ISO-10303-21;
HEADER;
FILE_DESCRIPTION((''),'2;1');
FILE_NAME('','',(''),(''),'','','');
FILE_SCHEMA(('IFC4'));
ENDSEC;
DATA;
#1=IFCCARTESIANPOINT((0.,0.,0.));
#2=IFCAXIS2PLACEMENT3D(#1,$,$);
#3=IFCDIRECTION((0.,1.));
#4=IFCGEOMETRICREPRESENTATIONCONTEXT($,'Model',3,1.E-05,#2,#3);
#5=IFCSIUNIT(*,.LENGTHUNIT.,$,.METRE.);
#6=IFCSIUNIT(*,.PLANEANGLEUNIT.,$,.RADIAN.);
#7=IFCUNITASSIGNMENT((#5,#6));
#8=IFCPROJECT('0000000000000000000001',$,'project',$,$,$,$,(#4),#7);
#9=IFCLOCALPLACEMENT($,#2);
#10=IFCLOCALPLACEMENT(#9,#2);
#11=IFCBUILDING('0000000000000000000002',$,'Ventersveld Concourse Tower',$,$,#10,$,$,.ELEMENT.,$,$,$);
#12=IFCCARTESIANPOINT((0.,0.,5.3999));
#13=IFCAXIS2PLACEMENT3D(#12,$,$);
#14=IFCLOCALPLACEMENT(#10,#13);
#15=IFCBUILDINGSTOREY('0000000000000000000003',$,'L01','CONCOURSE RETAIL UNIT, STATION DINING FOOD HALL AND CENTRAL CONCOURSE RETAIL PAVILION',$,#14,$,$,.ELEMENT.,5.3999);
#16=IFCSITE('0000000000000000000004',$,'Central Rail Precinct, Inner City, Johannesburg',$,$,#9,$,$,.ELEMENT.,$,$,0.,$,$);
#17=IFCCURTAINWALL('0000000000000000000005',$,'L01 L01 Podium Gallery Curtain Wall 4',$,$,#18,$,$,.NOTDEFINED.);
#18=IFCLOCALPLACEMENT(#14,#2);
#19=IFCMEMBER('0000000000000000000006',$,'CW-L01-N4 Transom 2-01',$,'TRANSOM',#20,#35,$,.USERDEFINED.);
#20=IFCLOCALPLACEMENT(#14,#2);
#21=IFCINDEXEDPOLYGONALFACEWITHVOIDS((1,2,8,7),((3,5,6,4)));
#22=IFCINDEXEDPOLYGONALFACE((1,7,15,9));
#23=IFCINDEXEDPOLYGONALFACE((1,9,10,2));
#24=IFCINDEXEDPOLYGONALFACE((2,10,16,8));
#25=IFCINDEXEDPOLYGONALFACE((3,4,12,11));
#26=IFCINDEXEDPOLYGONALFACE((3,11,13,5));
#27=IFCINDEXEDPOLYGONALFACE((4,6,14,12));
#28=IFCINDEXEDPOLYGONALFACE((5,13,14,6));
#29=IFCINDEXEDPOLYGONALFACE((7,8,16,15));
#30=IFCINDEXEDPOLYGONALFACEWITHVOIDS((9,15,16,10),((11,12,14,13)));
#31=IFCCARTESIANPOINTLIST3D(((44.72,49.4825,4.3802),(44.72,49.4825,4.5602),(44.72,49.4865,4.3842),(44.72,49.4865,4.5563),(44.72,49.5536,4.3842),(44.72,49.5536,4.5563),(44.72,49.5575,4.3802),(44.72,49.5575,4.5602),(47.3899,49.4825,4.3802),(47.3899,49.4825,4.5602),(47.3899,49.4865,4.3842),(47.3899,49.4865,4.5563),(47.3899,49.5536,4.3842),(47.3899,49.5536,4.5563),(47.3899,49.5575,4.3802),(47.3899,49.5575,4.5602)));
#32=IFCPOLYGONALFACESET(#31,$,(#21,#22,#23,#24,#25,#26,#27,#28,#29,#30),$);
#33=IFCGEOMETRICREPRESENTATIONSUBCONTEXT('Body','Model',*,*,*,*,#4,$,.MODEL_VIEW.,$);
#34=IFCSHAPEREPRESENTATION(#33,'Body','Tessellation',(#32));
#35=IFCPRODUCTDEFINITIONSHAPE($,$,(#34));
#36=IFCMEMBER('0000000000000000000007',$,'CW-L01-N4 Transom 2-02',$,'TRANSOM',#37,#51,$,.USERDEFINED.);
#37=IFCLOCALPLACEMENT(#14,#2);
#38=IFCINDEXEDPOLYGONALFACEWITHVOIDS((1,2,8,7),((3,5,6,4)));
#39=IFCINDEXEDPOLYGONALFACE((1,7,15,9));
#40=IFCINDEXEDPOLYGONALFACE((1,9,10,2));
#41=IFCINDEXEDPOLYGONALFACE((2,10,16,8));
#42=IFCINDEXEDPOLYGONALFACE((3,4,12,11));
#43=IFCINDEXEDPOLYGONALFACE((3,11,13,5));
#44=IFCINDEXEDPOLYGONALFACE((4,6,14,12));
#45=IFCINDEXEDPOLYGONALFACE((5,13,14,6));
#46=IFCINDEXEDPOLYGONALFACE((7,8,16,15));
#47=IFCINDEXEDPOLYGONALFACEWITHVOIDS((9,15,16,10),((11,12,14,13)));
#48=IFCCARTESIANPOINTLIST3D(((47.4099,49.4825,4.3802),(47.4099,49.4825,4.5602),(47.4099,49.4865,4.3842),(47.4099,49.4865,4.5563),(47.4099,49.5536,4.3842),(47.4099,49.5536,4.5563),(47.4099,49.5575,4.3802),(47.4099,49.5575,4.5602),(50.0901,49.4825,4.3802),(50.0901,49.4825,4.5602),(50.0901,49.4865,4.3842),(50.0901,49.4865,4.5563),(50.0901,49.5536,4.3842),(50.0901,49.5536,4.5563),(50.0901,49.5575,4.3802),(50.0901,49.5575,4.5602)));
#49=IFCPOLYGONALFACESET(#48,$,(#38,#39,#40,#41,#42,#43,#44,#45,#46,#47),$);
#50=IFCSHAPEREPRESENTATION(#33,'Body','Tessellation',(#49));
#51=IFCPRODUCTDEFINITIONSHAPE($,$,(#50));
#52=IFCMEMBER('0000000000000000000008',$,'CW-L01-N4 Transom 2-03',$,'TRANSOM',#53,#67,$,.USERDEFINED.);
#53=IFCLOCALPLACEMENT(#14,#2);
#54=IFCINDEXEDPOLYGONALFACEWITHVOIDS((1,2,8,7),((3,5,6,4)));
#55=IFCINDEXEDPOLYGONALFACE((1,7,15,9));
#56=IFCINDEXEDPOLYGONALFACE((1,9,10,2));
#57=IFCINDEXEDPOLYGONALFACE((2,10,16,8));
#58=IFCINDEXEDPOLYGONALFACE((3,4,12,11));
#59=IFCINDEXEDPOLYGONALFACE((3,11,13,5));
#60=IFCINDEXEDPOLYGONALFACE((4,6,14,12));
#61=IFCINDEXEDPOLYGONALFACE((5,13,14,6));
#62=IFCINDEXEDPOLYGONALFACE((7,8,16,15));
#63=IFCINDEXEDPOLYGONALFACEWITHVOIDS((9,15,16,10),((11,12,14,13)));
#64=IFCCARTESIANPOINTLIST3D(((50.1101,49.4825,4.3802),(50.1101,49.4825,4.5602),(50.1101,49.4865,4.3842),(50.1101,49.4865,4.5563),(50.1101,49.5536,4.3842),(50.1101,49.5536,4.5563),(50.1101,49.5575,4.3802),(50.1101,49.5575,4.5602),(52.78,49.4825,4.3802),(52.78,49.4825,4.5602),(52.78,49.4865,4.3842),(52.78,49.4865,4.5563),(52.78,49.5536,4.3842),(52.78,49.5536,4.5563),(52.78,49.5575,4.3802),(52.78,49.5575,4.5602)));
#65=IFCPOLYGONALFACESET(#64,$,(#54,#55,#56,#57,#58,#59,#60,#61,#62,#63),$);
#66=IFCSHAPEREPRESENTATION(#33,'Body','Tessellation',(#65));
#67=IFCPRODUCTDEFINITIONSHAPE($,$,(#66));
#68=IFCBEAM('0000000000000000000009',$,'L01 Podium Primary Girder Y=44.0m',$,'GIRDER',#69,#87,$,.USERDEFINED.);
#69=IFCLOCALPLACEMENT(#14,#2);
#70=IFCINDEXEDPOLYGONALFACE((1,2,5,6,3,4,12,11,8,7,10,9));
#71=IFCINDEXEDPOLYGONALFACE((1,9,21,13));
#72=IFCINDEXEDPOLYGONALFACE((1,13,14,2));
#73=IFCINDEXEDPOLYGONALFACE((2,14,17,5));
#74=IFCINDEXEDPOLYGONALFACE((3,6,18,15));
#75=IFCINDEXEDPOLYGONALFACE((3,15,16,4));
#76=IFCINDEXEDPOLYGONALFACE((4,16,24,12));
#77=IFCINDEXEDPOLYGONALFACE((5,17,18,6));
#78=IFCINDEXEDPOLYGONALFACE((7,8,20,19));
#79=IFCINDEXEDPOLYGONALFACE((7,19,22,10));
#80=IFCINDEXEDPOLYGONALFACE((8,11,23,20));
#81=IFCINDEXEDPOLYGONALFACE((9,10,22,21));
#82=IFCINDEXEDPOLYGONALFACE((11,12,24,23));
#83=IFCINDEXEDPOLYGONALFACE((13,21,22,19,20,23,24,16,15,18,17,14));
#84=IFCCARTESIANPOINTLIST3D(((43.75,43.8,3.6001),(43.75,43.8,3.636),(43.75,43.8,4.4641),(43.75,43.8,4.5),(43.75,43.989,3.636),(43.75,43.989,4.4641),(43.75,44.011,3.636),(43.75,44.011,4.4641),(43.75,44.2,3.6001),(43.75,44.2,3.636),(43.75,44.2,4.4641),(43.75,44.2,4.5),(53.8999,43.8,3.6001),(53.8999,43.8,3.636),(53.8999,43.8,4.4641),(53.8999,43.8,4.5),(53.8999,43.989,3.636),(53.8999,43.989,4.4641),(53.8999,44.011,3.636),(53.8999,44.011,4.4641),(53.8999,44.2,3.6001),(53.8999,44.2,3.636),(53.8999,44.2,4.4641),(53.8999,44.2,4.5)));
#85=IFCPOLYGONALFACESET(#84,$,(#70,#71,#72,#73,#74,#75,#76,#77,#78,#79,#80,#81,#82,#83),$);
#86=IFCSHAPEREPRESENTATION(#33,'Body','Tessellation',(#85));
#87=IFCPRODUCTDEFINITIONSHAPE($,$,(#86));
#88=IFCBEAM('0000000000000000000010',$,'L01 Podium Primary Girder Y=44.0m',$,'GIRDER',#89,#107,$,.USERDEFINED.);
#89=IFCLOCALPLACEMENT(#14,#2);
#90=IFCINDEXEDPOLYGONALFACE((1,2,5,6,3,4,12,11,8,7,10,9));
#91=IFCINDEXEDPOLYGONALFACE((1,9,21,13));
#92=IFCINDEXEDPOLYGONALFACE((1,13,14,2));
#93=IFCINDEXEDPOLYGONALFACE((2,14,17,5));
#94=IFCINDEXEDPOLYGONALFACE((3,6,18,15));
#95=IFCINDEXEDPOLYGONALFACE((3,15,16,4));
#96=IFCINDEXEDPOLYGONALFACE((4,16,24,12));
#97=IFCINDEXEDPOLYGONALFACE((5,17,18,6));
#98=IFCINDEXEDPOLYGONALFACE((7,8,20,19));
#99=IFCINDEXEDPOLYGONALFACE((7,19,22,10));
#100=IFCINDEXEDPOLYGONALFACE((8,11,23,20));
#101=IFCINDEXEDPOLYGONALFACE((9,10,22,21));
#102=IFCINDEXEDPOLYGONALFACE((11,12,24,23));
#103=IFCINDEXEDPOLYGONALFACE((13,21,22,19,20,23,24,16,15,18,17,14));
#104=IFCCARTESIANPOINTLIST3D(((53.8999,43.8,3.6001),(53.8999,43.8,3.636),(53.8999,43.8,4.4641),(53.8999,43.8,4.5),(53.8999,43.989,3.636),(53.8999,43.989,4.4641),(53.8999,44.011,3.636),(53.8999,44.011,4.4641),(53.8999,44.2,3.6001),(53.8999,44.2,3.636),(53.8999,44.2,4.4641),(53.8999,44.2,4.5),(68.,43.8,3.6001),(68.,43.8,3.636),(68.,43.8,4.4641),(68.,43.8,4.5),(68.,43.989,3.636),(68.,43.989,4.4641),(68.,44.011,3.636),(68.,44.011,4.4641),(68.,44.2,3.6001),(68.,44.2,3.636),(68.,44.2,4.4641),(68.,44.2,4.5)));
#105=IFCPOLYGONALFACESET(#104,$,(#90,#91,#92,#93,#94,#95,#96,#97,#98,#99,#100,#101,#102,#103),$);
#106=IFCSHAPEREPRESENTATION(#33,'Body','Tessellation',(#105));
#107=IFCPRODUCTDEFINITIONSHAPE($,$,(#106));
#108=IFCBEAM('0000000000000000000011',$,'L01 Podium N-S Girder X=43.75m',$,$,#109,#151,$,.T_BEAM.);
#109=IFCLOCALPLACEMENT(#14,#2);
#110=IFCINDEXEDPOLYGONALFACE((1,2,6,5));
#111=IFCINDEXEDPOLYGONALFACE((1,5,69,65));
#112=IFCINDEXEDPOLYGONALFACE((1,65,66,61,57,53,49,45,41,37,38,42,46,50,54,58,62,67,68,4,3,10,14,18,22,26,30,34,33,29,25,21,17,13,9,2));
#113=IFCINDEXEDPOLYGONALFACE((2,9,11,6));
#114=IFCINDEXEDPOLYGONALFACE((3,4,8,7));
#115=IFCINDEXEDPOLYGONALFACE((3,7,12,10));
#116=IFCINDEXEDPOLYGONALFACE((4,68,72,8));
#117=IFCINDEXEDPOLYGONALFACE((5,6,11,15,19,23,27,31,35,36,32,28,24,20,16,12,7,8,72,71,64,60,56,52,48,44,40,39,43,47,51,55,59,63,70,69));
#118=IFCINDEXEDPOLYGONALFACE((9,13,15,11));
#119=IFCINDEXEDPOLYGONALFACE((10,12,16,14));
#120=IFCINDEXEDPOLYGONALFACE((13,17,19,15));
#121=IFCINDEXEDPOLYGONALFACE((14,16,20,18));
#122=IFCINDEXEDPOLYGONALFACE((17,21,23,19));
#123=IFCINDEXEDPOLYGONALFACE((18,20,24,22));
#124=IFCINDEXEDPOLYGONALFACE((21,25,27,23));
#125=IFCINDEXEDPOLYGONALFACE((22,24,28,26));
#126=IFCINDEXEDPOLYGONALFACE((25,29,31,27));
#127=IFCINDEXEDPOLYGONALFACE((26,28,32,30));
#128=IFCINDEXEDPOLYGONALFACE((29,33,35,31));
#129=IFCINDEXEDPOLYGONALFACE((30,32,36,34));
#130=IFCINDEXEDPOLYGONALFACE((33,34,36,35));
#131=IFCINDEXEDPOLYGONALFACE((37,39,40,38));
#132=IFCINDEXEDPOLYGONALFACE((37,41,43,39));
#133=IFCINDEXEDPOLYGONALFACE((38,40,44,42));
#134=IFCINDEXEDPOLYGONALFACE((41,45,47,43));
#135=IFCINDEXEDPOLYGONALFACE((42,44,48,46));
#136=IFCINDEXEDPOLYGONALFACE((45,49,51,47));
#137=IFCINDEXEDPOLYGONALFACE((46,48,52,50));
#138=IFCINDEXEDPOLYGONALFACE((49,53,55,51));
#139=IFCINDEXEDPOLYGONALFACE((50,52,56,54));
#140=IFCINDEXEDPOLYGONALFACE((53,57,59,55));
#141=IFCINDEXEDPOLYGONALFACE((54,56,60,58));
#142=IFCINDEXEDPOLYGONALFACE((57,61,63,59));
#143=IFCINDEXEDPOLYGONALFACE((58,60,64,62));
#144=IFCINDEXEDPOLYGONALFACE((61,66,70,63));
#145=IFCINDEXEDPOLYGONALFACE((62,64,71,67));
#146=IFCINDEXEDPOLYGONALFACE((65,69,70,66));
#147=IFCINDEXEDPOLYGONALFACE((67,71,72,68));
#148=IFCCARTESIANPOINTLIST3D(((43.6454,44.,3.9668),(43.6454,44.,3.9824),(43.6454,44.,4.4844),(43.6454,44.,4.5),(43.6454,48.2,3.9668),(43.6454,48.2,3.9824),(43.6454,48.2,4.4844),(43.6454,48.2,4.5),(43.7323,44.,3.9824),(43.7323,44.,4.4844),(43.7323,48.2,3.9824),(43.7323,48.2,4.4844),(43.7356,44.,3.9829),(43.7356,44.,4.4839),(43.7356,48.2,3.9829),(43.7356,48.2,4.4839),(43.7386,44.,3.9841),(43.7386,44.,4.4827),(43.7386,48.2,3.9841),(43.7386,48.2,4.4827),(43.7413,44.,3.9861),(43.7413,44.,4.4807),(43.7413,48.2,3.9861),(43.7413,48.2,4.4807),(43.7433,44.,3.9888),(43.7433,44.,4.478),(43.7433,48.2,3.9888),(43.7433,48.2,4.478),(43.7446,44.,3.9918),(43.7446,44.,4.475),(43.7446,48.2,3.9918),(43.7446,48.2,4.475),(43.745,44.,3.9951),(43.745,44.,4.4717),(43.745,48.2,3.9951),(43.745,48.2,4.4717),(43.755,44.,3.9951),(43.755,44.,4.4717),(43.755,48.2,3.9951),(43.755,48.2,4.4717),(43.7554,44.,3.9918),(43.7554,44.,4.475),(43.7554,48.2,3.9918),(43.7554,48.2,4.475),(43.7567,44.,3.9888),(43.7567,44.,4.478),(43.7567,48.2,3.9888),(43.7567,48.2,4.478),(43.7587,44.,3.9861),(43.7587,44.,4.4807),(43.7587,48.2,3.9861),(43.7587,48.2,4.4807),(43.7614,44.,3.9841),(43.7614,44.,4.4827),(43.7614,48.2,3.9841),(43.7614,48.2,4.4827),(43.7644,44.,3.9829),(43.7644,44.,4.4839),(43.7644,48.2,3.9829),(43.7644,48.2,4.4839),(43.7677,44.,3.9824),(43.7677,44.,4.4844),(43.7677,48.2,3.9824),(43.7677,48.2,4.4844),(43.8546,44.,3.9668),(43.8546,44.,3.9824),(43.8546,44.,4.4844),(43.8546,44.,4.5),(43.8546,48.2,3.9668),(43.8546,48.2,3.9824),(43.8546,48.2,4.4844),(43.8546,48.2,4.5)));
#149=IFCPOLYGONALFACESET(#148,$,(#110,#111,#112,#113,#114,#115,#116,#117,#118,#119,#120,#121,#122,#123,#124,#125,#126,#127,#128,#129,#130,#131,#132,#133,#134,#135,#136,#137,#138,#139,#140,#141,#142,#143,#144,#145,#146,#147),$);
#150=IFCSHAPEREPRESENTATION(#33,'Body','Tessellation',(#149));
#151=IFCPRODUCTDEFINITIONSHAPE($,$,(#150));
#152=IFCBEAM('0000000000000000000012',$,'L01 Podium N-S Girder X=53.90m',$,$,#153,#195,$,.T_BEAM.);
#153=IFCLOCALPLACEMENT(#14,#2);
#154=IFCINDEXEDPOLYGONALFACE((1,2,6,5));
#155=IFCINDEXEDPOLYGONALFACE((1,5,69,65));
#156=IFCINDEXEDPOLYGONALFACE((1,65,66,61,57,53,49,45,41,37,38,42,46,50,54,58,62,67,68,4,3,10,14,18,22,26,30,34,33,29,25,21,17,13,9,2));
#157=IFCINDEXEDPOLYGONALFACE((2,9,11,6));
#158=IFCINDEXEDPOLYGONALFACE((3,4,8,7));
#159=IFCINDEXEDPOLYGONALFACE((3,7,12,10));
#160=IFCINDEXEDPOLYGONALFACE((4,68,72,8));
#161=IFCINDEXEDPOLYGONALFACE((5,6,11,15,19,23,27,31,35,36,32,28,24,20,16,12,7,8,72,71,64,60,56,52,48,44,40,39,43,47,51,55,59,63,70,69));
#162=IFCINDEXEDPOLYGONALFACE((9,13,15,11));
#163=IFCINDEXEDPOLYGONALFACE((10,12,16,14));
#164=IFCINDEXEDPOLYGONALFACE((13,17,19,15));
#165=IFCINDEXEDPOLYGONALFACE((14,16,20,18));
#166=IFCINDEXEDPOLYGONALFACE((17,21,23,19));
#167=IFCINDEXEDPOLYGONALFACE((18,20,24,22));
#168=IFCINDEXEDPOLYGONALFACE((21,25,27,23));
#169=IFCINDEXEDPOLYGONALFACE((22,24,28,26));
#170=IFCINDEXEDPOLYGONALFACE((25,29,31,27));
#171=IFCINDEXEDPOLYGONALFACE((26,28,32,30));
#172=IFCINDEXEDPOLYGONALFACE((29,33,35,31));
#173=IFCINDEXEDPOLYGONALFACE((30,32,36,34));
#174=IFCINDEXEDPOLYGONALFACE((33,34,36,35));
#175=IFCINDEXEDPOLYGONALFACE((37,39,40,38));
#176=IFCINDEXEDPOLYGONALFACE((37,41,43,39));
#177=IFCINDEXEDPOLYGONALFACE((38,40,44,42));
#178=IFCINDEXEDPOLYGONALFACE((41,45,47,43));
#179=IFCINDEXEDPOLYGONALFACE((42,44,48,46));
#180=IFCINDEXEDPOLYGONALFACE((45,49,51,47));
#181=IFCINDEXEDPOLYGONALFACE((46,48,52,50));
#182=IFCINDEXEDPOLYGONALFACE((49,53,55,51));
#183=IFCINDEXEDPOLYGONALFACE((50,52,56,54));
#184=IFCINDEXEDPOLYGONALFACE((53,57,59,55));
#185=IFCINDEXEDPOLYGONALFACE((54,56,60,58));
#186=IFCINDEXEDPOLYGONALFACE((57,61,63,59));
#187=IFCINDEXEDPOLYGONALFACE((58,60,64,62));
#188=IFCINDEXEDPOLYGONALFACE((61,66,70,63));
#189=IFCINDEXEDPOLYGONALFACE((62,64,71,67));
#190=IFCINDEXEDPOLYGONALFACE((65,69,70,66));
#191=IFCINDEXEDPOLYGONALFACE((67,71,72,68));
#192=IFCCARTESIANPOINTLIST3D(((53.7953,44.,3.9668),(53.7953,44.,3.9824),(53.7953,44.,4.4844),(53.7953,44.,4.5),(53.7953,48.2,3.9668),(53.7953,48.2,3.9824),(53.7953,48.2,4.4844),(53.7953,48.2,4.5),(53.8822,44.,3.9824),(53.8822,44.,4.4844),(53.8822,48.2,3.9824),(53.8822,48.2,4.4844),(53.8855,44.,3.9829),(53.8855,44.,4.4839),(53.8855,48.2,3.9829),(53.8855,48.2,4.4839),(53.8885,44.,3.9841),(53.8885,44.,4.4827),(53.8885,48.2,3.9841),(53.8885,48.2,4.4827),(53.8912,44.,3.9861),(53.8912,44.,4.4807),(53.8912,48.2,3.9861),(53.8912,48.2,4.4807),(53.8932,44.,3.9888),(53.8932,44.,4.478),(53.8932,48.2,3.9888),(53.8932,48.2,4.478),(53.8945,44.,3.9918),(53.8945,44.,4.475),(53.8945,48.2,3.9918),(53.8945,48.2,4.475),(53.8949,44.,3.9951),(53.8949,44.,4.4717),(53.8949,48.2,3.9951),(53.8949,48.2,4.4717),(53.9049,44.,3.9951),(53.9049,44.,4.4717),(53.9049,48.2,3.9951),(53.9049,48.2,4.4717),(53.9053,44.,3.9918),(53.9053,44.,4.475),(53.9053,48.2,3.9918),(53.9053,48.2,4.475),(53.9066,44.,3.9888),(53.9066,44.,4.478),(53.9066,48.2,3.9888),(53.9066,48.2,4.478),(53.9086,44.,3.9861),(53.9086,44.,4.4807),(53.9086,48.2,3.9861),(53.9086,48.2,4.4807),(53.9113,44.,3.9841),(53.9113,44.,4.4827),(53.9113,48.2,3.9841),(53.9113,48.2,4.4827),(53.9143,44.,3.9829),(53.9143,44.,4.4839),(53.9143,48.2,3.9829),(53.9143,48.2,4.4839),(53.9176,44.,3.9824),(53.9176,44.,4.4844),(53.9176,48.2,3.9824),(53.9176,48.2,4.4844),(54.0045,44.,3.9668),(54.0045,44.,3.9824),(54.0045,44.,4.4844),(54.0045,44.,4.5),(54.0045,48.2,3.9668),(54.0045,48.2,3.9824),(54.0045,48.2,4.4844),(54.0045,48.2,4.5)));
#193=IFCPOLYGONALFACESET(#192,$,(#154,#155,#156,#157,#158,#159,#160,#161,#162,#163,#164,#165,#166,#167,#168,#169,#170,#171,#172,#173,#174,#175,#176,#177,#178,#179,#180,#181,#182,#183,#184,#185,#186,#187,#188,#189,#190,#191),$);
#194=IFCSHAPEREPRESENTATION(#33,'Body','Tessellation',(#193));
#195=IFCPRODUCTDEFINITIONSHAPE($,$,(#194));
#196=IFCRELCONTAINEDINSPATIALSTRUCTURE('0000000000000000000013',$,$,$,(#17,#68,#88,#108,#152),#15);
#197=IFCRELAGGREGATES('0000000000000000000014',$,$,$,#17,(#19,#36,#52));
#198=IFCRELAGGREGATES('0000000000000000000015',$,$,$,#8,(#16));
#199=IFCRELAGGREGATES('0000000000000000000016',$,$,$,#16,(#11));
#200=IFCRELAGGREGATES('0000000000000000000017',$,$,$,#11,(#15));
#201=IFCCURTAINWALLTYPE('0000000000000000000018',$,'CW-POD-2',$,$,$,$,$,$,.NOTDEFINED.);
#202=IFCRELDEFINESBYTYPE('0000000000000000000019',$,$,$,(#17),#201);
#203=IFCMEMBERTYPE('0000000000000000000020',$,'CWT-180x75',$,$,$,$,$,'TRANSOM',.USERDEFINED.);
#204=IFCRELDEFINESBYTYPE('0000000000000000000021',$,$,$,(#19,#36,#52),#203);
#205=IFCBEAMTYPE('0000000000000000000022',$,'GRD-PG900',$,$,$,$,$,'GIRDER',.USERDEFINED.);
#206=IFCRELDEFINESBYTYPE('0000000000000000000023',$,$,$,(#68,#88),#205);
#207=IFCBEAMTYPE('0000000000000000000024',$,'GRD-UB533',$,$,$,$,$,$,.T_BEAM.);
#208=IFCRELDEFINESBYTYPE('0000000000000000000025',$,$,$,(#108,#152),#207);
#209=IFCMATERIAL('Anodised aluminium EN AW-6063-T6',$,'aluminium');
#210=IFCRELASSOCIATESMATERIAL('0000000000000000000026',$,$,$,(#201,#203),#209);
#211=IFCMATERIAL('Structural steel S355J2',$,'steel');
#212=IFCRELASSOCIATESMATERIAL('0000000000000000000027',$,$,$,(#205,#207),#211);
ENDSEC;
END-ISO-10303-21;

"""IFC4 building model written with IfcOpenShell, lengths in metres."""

from ifc_helpers import new_model, si_unit, direction, frame, origin, origin_2d, place, context, subcontext, project, spatial, hollow_rectangle, i_section, extrude, material, material_profile, profile_set, type_object, element, aggregate, save


model = new_model("IFC4")

# Units and contexts
model_context = context("Model", 3, precision=1e-05, world=origin(), true_north=direction((0.0, 1.0)))
body_context = subcontext(model_context, "Body", "Model", "MODEL_VIEW")
ifc_project = project(units=[si_unit("LENGTHUNIT", "METRE"), si_unit("PLANEANGLEUNIT", "RADIAN")], contexts=[model_context])

# Site, building, storey
site_placement = place(None, origin())
site = spatial("IfcSite", under=ifc_project, at=site_placement, Name="Central Rail Precinct, Inner City, Johannesburg", CompositionType="ELEMENT", RefElevation=0.0)
building_placement = place(site_placement, origin())
building = spatial("IfcBuilding", under=site, at=building_placement, Name="Ventersveld Concourse Tower", CompositionType="ELEMENT")
storey_placement = place(building_placement, frame((0.0, 0.0, 5.3999)))
storey = spatial("IfcBuildingStorey", under=building, at=storey_placement, Name="L01", Description="CONCOURSE RETAIL UNIT, STATION DINING FOOD HALL AND CENTRAL CONCOURSE RETAIL PAVILION", CompositionType="ELEMENT", Elevation=5.3999)

# Curtain wall, members
ifc_material_1 = material(Name="Anodised aluminium EN AW-6063-T6", Category="aluminium")
curtain_wall_type = type_object("IfcCurtainWallType", Name="CW-POD-2", PredefinedType="NOTDEFINED", material=ifc_material_1)
curtain_wall_placement = place(storey_placement, origin())
curtain_wall = element("IfcCurtainWall", 1, at=curtain_wall_placement, inside=storey, type_object=curtain_wall_type, Name="L01 L01 Podium Gallery Curtain Wall 4", PredefinedType="NOTDEFINED")
ifc_material_profile_1 = material_profile(ifc_material_1, hollow_rectangle(XDim=0.075, YDim=0.1799, WallThickness=0.0039, at=origin_2d()), Name="ALU 180x75x4")
ifc_profile_set_1 = profile_set([ifc_material_profile_1], Name="Anodised aluminium EN AW-6063-T6")
member_type_1 = type_object("IfcMemberType", Name="CWT-180x75", ElementType="TRANSOM", PredefinedType="USERDEFINED", material=ifc_profile_set_1)
member_1_placement = place(storey_placement, frame((44.72, 49.52, 4.4702), z_axis=(1.0, 0.0, 0.0), x_axis=(0.0, 1.0, 0.0)))
member_1 = element("IfcMember", 2, at=member_1_placement, type_object=member_type_1, Name="CW-L01-N4 Transom 2-01", ObjectType="TRANSOM", PredefinedType="USERDEFINED", context=body_context, shape_type="SweptSolid", body=[
    extrude(hollow_rectangle(XDim=0.075, YDim=0.1799, WallThickness=0.0039, at=origin_2d()), origin(), (0.0, 0.0, 1.0), 2.6699),
])
member_2_placement = place(storey_placement, frame((47.4099, 49.52, 4.4702), z_axis=(1.0, 0.0, 0.0), x_axis=(0.0, 1.0, 0.0)))
member_2 = element("IfcMember", 3, at=member_2_placement, type_object=member_type_1, Name="CW-L01-N4 Transom 2-02", ObjectType="TRANSOM", PredefinedType="USERDEFINED", context=body_context, shape_type="SweptSolid", body=[
    extrude(hollow_rectangle(XDim=0.075, YDim=0.1799, WallThickness=0.0039, at=origin_2d()), origin(), (0.0, 0.0, 1.0), 2.6802),
])
member_3_placement = place(storey_placement, frame((50.1101, 49.52, 4.4702), z_axis=(1.0, 0.0, 0.0), x_axis=(0.0, 1.0, 0.0)))
member_3 = element("IfcMember", 4, at=member_3_placement, type_object=member_type_1, Name="CW-L01-N4 Transom 2-03", ObjectType="TRANSOM", PredefinedType="USERDEFINED", context=body_context, shape_type="SweptSolid", body=[
    extrude(hollow_rectangle(XDim=0.075, YDim=0.1799, WallThickness=0.0039, at=origin_2d()), origin(), (0.0, 0.0, 1.0), 2.6699),
])

# Beams
ifc_material_2 = material(Name="Structural steel S355J2", Category="steel")
ifc_material_profile_2 = material_profile(ifc_material_2, i_section(OverallWidth=0.3999, OverallDepth=0.8999, WebThickness=0.022, FlangeThickness=0.0359, at=origin_2d()), Name="PG 900x400x36")
ifc_profile_set_2 = profile_set([ifc_material_profile_2], Name="Structural steel S355J2")
beam_type_1 = type_object("IfcBeamType", Name="GRD-PG900", ElementType="GIRDER", PredefinedType="USERDEFINED", material=ifc_profile_set_2)
beam_1_placement = place(storey_placement, frame((43.75, 44.0, 4.05), z_axis=(1.0, 0.0, 0.0), x_axis=(0.0, 1.0, 0.0)))
element("IfcBeam", 5, at=beam_1_placement, inside=storey, type_object=beam_type_1, Name="L01 Podium Primary Girder Y=44.0m", ObjectType="GIRDER", PredefinedType="USERDEFINED", context=body_context, shape_type="SweptSolid", body=[
    extrude(i_section(OverallWidth=0.3999, OverallDepth=0.8999, WebThickness=0.022, FlangeThickness=0.0359, at=origin_2d()), origin(), (0.0, 0.0, 1.0), 10.1499),
])
beam_2_placement = place(storey_placement, frame((53.8999, 44.0, 4.05), z_axis=(1.0, 0.0, 0.0), x_axis=(0.0, 1.0, 0.0)))
element("IfcBeam", 6, at=beam_2_placement, inside=storey, type_object=beam_type_1, Name="L01 Podium Primary Girder Y=44.0m", ObjectType="GIRDER", PredefinedType="USERDEFINED", context=body_context, shape_type="SweptSolid", body=[
    extrude(i_section(OverallWidth=0.3999, OverallDepth=0.8999, WebThickness=0.022, FlangeThickness=0.0359, at=origin_2d()), origin(), (0.0, 0.0, 1.0), 14.1001),
])
ifc_material_profile_3 = material_profile(ifc_material_2, i_section(OverallWidth=0.2092, OverallDepth=0.5332, WebThickness=0.01, FlangeThickness=0.0156, FilletRadius=0.0127, at=origin_2d()), Name="UB 533x210x92")
ifc_profile_set_3 = profile_set([ifc_material_profile_3], Name="Structural steel S355J2")
beam_type_2 = type_object("IfcBeamType", Name="GRD-UB533", PredefinedType="T_BEAM", material=ifc_profile_set_3)
for number, where, z_axis, x_axis, name in (
    (7, (43.75, 44.0, 4.2334), (0.0, 1.0, 0.0), (-1.0, 0.0, 0.0), "L01 Podium N-S Girder X=43.75m"),
    (8, (53.8999, 44.0, 4.2334), (0.0, 1.0, 0.0), (-1.0, 0.0, 0.0), "L01 Podium N-S Girder X=53.90m"),
):
    element("IfcBeam", number, at=place(storey_placement, frame(where, z_axis=z_axis, x_axis=x_axis)), inside=storey, type_object=beam_type_2, Name=name, PredefinedType="T_BEAM", context=body_context, shape_type="SweptSolid", body=[
        extrude(i_section(OverallWidth=0.2092, OverallDepth=0.5332, WebThickness=0.01, FlangeThickness=0.0156, FilletRadius=0.0127, at=origin_2d()), origin(), (0.0, 0.0, 1.0), 4.2),
    ])

aggregate(curtain_wall, [member_1, member_2, member_3])

save(model, "model.ifc")
